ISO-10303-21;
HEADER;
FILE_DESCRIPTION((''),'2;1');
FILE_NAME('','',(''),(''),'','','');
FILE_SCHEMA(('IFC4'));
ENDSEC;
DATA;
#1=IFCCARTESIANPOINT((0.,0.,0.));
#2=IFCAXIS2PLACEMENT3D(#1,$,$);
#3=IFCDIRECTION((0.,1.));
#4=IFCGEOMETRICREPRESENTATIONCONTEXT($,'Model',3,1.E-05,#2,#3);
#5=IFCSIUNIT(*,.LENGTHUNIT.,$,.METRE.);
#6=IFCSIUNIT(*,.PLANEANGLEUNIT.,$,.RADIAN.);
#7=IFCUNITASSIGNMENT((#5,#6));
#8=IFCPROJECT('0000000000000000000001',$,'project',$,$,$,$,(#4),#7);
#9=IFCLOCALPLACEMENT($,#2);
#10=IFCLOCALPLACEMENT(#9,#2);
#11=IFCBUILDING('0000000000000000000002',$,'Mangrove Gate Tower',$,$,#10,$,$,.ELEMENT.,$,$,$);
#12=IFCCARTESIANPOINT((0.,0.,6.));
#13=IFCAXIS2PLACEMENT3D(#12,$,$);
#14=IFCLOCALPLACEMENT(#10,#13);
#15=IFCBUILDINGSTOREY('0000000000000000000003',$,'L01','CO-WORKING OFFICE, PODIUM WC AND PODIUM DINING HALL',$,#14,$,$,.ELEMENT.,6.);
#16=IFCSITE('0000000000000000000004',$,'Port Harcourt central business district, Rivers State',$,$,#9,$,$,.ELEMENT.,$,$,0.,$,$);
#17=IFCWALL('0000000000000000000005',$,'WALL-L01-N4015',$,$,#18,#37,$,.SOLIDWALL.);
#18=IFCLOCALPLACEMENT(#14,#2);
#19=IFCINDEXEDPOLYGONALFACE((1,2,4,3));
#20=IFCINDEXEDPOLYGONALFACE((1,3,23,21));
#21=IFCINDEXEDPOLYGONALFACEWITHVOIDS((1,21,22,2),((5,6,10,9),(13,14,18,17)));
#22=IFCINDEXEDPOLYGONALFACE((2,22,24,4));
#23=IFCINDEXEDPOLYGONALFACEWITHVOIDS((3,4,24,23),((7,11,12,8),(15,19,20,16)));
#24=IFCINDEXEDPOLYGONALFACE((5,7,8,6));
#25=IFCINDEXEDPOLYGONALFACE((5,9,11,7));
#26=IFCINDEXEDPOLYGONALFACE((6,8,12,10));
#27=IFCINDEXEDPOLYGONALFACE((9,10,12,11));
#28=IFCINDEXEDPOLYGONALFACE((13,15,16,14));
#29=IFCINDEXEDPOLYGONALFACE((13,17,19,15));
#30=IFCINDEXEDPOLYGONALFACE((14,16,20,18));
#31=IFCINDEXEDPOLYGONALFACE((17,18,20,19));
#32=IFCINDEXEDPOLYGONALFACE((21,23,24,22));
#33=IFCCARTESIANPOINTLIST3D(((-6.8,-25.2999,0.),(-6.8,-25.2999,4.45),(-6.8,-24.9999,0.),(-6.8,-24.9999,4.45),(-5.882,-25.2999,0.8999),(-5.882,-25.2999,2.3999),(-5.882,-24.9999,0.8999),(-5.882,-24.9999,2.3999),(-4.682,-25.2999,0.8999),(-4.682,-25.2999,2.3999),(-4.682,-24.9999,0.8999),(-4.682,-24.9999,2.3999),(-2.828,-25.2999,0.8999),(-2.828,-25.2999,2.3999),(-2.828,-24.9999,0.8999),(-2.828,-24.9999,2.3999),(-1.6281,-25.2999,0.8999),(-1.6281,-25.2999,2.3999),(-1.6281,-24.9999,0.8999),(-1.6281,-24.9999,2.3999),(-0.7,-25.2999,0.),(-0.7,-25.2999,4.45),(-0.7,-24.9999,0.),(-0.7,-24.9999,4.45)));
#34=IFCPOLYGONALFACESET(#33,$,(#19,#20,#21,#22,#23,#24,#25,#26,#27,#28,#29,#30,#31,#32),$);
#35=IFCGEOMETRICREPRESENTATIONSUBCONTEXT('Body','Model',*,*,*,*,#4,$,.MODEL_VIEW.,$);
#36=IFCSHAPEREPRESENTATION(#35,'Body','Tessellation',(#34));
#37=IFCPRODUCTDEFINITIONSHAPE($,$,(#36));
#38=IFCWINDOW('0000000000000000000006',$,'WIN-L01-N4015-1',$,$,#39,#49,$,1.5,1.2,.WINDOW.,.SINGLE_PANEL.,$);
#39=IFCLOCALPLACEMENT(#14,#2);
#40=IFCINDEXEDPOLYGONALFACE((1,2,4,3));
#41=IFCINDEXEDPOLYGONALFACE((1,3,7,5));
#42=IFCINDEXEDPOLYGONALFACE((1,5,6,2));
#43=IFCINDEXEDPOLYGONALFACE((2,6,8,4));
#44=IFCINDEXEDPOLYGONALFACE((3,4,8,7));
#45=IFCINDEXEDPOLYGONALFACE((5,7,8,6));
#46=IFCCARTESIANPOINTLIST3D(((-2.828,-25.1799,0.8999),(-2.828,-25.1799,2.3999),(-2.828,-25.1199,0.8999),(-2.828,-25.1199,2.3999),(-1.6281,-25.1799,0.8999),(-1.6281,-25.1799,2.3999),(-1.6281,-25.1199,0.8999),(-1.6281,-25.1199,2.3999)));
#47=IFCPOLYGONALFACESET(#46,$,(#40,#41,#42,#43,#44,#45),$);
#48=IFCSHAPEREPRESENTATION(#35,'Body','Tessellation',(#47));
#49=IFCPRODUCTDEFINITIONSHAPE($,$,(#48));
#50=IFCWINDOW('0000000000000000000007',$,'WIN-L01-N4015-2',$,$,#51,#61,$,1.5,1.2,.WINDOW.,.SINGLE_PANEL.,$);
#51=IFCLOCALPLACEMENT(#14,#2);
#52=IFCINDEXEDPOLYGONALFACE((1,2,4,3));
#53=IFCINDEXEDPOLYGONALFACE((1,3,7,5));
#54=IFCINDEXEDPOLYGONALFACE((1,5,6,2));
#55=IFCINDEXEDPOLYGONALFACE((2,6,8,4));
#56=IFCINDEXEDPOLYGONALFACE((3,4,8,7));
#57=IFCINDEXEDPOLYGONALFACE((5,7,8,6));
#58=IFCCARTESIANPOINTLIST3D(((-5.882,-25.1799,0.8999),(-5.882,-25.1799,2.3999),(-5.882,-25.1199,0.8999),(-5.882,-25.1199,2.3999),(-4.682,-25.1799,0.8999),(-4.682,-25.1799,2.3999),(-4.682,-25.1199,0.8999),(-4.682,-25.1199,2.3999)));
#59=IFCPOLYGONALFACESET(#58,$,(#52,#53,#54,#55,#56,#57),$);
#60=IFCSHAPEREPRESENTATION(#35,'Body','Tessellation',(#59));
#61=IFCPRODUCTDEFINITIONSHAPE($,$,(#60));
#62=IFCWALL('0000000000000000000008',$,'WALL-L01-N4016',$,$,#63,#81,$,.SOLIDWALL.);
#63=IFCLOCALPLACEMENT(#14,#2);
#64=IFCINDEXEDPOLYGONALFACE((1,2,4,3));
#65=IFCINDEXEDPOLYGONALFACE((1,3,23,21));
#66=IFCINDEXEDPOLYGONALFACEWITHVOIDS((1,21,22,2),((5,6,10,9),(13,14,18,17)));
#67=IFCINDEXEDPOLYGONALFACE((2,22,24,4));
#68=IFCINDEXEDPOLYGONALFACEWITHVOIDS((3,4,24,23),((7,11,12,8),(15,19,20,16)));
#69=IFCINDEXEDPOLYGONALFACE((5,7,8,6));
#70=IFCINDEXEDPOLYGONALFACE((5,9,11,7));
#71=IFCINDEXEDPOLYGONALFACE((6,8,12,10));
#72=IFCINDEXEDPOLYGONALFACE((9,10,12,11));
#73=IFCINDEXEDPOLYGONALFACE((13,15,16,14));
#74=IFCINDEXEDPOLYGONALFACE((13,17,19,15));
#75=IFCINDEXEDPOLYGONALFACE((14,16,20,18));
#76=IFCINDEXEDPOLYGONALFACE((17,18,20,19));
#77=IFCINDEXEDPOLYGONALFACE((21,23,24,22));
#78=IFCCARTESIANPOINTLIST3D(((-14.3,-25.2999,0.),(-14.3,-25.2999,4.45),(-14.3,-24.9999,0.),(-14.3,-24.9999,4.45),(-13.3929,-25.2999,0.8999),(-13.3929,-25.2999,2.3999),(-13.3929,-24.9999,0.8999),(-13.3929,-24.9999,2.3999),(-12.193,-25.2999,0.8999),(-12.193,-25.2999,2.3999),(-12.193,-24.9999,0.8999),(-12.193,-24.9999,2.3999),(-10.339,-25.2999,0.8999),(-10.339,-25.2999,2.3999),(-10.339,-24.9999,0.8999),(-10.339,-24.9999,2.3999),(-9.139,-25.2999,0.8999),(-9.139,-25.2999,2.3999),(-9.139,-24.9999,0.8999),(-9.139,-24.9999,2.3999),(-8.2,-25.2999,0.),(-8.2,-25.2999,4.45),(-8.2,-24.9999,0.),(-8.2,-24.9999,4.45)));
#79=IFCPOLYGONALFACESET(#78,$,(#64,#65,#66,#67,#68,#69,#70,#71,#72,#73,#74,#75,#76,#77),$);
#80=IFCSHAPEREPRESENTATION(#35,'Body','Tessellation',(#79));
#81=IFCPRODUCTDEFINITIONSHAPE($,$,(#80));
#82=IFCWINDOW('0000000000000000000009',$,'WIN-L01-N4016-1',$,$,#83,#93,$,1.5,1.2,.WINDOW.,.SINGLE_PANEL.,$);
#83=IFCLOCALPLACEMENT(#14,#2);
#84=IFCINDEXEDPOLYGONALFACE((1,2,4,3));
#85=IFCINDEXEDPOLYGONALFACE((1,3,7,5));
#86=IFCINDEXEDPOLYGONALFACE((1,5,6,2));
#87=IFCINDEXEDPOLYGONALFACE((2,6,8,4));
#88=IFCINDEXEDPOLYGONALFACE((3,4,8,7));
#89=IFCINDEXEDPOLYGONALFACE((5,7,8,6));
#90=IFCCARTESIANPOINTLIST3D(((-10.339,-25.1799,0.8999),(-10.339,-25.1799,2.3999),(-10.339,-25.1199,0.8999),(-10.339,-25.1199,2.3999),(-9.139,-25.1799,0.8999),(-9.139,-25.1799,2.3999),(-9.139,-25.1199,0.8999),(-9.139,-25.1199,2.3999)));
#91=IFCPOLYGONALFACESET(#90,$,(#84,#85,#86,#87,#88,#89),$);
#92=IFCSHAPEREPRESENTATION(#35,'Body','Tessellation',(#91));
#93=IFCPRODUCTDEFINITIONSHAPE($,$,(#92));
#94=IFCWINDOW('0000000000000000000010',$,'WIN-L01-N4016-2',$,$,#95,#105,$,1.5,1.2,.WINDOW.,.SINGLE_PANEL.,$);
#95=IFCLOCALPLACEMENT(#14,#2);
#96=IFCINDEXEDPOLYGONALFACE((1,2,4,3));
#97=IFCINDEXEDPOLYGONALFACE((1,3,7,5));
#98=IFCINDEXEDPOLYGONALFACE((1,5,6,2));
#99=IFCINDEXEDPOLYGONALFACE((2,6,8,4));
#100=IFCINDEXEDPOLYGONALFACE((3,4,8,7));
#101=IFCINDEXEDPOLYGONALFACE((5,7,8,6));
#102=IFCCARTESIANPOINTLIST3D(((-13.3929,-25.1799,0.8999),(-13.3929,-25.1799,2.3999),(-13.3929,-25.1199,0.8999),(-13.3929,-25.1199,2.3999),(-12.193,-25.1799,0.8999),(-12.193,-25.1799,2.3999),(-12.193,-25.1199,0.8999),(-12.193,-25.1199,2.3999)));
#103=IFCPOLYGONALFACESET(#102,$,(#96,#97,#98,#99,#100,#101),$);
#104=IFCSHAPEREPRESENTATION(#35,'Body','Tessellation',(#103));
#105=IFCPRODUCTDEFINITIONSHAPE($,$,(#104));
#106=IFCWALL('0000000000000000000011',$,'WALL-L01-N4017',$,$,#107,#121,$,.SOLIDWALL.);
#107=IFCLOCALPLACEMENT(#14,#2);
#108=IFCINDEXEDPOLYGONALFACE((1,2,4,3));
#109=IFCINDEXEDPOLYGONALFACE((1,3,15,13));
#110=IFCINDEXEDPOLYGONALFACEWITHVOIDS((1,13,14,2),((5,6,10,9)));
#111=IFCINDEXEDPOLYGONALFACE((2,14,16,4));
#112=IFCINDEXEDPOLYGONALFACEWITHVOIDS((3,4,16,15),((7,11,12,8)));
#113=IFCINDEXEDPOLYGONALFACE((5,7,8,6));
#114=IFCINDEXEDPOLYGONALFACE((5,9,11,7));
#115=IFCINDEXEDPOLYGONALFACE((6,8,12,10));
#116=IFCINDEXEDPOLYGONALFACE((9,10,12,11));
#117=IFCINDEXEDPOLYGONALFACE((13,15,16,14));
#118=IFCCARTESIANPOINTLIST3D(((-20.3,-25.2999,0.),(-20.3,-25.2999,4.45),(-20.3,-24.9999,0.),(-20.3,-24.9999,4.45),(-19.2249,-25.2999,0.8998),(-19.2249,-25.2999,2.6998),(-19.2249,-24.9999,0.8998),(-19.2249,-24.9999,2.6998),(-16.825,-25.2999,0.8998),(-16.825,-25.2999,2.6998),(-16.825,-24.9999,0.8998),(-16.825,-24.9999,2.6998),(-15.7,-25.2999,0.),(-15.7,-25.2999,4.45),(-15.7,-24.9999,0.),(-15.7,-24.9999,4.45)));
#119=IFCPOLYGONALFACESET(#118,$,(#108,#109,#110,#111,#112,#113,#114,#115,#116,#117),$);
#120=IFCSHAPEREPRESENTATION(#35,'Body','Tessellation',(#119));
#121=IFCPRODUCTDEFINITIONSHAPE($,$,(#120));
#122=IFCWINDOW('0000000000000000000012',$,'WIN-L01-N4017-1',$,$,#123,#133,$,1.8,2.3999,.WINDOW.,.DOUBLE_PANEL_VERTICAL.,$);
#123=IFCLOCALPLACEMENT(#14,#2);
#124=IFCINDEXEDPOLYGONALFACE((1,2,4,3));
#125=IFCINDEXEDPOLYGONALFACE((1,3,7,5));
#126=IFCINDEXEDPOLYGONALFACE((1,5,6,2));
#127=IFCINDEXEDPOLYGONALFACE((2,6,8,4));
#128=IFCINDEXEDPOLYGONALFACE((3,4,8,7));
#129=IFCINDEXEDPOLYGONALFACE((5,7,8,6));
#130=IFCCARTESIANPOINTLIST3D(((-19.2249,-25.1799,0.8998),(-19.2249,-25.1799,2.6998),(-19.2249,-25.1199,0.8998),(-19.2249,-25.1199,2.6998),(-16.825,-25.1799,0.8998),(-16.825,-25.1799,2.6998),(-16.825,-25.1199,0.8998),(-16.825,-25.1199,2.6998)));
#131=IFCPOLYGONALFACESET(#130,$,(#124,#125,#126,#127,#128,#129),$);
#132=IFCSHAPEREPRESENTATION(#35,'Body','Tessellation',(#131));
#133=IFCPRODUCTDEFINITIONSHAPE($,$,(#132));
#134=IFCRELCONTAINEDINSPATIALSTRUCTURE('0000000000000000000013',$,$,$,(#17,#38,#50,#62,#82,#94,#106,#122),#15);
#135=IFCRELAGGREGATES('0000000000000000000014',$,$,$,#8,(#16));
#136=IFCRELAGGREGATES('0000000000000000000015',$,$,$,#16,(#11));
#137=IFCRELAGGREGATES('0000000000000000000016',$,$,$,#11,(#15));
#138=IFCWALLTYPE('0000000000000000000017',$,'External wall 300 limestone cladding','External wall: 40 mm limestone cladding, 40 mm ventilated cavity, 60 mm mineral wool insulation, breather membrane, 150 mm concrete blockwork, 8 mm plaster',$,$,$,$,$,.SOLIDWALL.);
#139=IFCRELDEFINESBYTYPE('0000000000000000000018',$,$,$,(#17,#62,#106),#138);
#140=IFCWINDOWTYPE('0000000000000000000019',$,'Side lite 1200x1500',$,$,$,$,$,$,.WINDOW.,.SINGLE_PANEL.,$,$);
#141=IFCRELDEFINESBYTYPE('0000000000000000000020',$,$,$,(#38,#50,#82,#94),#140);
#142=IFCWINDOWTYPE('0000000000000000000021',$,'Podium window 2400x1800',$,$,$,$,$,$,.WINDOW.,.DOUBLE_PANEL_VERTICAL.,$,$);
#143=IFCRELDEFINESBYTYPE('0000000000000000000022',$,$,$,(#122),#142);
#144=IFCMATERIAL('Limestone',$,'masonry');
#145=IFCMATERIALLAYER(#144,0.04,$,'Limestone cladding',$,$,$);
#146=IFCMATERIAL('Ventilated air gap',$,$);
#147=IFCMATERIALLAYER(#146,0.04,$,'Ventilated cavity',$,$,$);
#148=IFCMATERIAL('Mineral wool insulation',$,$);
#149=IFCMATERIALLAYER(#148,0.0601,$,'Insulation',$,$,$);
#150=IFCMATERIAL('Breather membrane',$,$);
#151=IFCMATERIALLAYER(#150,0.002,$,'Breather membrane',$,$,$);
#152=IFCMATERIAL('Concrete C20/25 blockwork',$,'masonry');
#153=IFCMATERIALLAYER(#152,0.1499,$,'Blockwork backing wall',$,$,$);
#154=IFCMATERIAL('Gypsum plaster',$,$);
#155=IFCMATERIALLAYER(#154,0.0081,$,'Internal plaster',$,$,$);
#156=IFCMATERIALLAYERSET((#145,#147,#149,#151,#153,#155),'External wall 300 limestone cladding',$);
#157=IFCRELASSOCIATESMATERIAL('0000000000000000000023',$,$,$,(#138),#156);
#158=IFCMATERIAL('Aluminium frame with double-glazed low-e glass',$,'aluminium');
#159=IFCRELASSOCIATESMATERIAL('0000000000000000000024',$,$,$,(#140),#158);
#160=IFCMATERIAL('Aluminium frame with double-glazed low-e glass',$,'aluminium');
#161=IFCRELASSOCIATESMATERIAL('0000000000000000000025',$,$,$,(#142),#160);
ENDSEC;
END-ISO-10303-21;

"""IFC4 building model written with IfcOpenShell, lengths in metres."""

from ifc_helpers import new_model, si_unit, direction, frame, frame_2d, origin, place, context, subcontext, project, spatial, rectangle, extrude, material, layer, layer_set, type_object, element, fill, save


model = new_model("IFC4")

# Units and contexts
model_context = context("Model", 3, precision=1e-05, world=origin(), true_north=direction((0.0, 1.0)))
body_context = subcontext(model_context, "Body", "Model", "MODEL_VIEW")
ifc_project = project(units=[si_unit("LENGTHUNIT", "METRE"), si_unit("PLANEANGLEUNIT", "RADIAN")], contexts=[model_context])

# Site, building, storey
site_placement = place(None, origin())
site = spatial("IfcSite", under=ifc_project, at=site_placement, Name="Port Harcourt central business district, Rivers State", CompositionType="ELEMENT", RefElevation=0.0)
building_placement = place(site_placement, origin())
building = spatial("IfcBuilding", under=site, at=building_placement, Name="Mangrove Gate Tower", CompositionType="ELEMENT")
storey_placement = place(building_placement, frame((0.0, 0.0, 6.0)))
storey = spatial("IfcBuildingStorey", under=building, at=storey_placement, Name="L01", Description="CO-WORKING OFFICE, PODIUM WC AND PODIUM DINING HALL", CompositionType="ELEMENT", Elevation=6.0)

# Walls, openings, windows
ifc_material_1 = material(Name="Limestone", Category="masonry")
ifc_layer_1 = layer(ifc_material_1, 0.04, Name="Limestone cladding")
ifc_material_2 = material(Name="Ventilated air gap")
ifc_layer_2 = layer(ifc_material_2, 0.04, Name="Ventilated cavity")
ifc_material_3 = material(Name="Mineral wool insulation")
ifc_layer_3 = layer(ifc_material_3, 0.0601, Name="Insulation")
ifc_material_4 = material(Name="Breather membrane")
ifc_layer_4 = layer(ifc_material_4, 0.002, Name="Breather membrane")
ifc_material_5 = material(Name="Concrete C20/25 blockwork", Category="masonry")
ifc_layer_5 = layer(ifc_material_5, 0.1499, Name="Blockwork backing wall")
ifc_material_6 = material(Name="Gypsum plaster")
ifc_layer_6 = layer(ifc_material_6, 0.0081, Name="Internal plaster")
ifc_layer_set_1 = layer_set([ifc_layer_1, ifc_layer_2, ifc_layer_3, ifc_layer_4, ifc_layer_5, ifc_layer_6], Name="External wall 300 limestone cladding")
wall_type_1 = type_object("IfcWallType", Name="External wall 300 limestone cladding", Description="External wall: 40 mm limestone cladding, 40 mm ventilated cavity, 60 mm mineral wool insulation, breather membrane, 150 mm concrete blockwork, 8 mm plaster", PredefinedType="SOLIDWALL", material=ifc_layer_set_1)
wall_1_placement = place(storey_placement, frame((-0.7, -25.1499, 0.0), z_axis=(0.0, 0.0, 1.0), x_axis=(-1.0, 0.0, 0.0)))
wall_1 = element("IfcWall", 1, at=wall_1_placement, inside=storey, type_object=wall_type_1, Name="WALL-L01-N4015", PredefinedType="SOLIDWALL", context=body_context, shape_type="SweptSolid", body=[
    extrude(rectangle(XDim=6.1001, YDim=0.3, at=frame_2d((3.05, 0.0))), origin(), (0.0, 0.0, 1.0), 4.45),
])
opening_1_placement = place(wall_1_placement, frame((0.928, 0.0, 0.8999)))
opening_1 = element("IfcOpeningElement", 2, at=opening_1_placement, cuts=wall_1, PredefinedType="OPENING", context=body_context, shape_type="SweptSolid", body=[
    extrude(rectangle(XDim=1.2, YDim=1.5, at=frame_2d((0.6001, 0.75))), frame((0.0, 0.1599, 0.0), z_axis=(0.0, -1.0, 0.0), x_axis=(1.0, 0.0, 0.0)), (0.0, 0.0, 1.0), 0.3201),
])
opening_2_placement = place(wall_1_placement, frame((3.9819, 0.0, 0.8999)))
opening_2 = element("IfcOpeningElement", 3, at=opening_2_placement, cuts=wall_1, PredefinedType="OPENING", context=body_context, shape_type="SweptSolid", body=[
    extrude(rectangle(XDim=1.2, YDim=1.5, at=frame_2d((0.6001, 0.75))), frame((0.0, 0.1599, 0.0), z_axis=(0.0, -1.0, 0.0), x_axis=(1.0, 0.0, 0.0)), (0.0, 0.0, 1.0), 0.3201),
])
ifc_material_7 = material(Name="Aluminium frame with double-glazed low-e glass", Category="aluminium")
window_type_1 = type_object("IfcWindowType", Name="Side lite 1200x1500", PartitioningType="SINGLE_PANEL", PredefinedType="WINDOW", material=ifc_material_7)
window_1_placement = place(opening_1_placement, origin())
window_1 = element("IfcWindow", 4, at=window_1_placement, inside=storey, type_object=window_type_1, Name="WIN-L01-N4015-1", OverallHeight=1.5, OverallWidth=1.2, PartitioningType="SINGLE_PANEL", PredefinedType="WINDOW", context=body_context, shape_type="SweptSolid", body=[
    extrude(rectangle(XDim=1.2, YDim=1.5, at=frame_2d((0.6001, 0.75))), frame((0.0, 0.03, 0.0), z_axis=(0.0, -1.0, 0.0), x_axis=(1.0, 0.0, 0.0)), (0.0, 0.0, 1.0), 0.0601),
])
fill(opening_1, window_1)
window_2_placement = place(opening_2_placement, origin())
window_2 = element("IfcWindow", 5, at=window_2_placement, inside=storey, type_object=window_type_1, Name="WIN-L01-N4015-2", OverallHeight=1.5, OverallWidth=1.2, PartitioningType="SINGLE_PANEL", PredefinedType="WINDOW", context=body_context, shape_type="SweptSolid", body=[
    extrude(rectangle(XDim=1.2, YDim=1.5, at=frame_2d((0.6001, 0.75))), frame((0.0, 0.03, 0.0), z_axis=(0.0, -1.0, 0.0), x_axis=(1.0, 0.0, 0.0)), (0.0, 0.0, 1.0), 0.0601),
])
fill(opening_2, window_2)
wall_2_placement = place(storey_placement, frame((-8.2, -25.1499, 0.0), z_axis=(0.0, 0.0, 1.0), x_axis=(-1.0, 0.0, 0.0)))
wall_2 = element("IfcWall", 6, at=wall_2_placement, inside=storey, type_object=wall_type_1, Name="WALL-L01-N4016", PredefinedType="SOLIDWALL", context=body_context, shape_type="SweptSolid", body=[
    extrude(rectangle(XDim=6.1001, YDim=0.3, at=frame_2d((3.05, 0.0))), origin(), (0.0, 0.0, 1.0), 4.45),
])
opening_3_placement = place(wall_2_placement, frame((0.939, 0.0, 0.8999)))
opening_3 = element("IfcOpeningElement", 7, at=opening_3_placement, cuts=wall_2, PredefinedType="OPENING", context=body_context, shape_type="SweptSolid", body=[
    extrude(rectangle(XDim=1.2, YDim=1.5, at=frame_2d((0.6001, 0.75))), frame((0.0, 0.1599, 0.0), z_axis=(0.0, -1.0, 0.0), x_axis=(1.0, 0.0, 0.0)), (0.0, 0.0, 1.0), 0.3201),
])
opening_4_placement = place(wall_2_placement, frame((3.9929, 0.0, 0.8999)))
opening_4 = element("IfcOpeningElement", 8, at=opening_4_placement, cuts=wall_2, PredefinedType="OPENING", context=body_context, shape_type="SweptSolid", body=[
    extrude(rectangle(XDim=1.2, YDim=1.5, at=frame_2d((0.6001, 0.75))), frame((0.0, 0.1599, 0.0), z_axis=(0.0, -1.0, 0.0), x_axis=(1.0, 0.0, 0.0)), (0.0, 0.0, 1.0), 0.3201),
])
window_3_placement = place(opening_3_placement, origin())
window_3 = element("IfcWindow", 9, at=window_3_placement, inside=storey, type_object=window_type_1, Name="WIN-L01-N4016-1", OverallHeight=1.5, OverallWidth=1.2, PartitioningType="SINGLE_PANEL", PredefinedType="WINDOW", context=body_context, shape_type="SweptSolid", body=[
    extrude(rectangle(XDim=1.2, YDim=1.5, at=frame_2d((0.6001, 0.75))), frame((0.0, 0.03, 0.0), z_axis=(0.0, -1.0, 0.0), x_axis=(1.0, 0.0, 0.0)), (0.0, 0.0, 1.0), 0.0601),
])
fill(opening_3, window_3)
window_4_placement = place(opening_4_placement, origin())
window_4 = element("IfcWindow", 10, at=window_4_placement, inside=storey, type_object=window_type_1, Name="WIN-L01-N4016-2", OverallHeight=1.5, OverallWidth=1.2, PartitioningType="SINGLE_PANEL", PredefinedType="WINDOW", context=body_context, shape_type="SweptSolid", body=[
    extrude(rectangle(XDim=1.2, YDim=1.5, at=frame_2d((0.6001, 0.75))), frame((0.0, 0.03, 0.0), z_axis=(0.0, -1.0, 0.0), x_axis=(1.0, 0.0, 0.0)), (0.0, 0.0, 1.0), 0.0601),
])
fill(opening_4, window_4)

# Wall, opening, window
wall_3_placement = place(storey_placement, frame((-15.7, -25.1499, 0.0), z_axis=(0.0, 0.0, 1.0), x_axis=(-1.0, 0.0, 0.0)))
wall_3 = element("IfcWall", 11, at=wall_3_placement, inside=storey, type_object=wall_type_1, Name="WALL-L01-N4017", PredefinedType="SOLIDWALL", context=body_context, shape_type="SweptSolid", body=[
    extrude(rectangle(XDim=4.6001, YDim=0.3, at=frame_2d((2.3, 0.0))), origin(), (0.0, 0.0, 1.0), 4.45),
])
opening_5_placement = place(wall_3_placement, frame((1.125, 0.0, 0.8999)))
opening_5 = element("IfcOpeningElement", 12, at=opening_5_placement, cuts=wall_3, PredefinedType="OPENING", context=body_context, shape_type="SweptSolid", body=[
    extrude(rectangle(XDim=2.3999, YDim=1.8, at=frame_2d((1.2, 0.8999))), frame((0.0, 0.1599, 0.0), z_axis=(0.0, -1.0, 0.0), x_axis=(1.0, 0.0, 0.0)), (0.0, 0.0, 1.0), 0.3201),
])
ifc_material_8 = material(Name="Aluminium frame with double-glazed low-e glass", Category="aluminium")
window_type_2 = type_object("IfcWindowType", Name="Podium window 2400x1800", PartitioningType="DOUBLE_PANEL_VERTICAL", PredefinedType="WINDOW", material=ifc_material_8)
window_5_placement = place(opening_5_placement, origin())
window_5 = element("IfcWindow", 13, at=window_5_placement, inside=storey, type_object=window_type_2, Name="WIN-L01-N4017-1", OverallHeight=1.8, OverallWidth=2.3999, PartitioningType="DOUBLE_PANEL_VERTICAL", PredefinedType="WINDOW", context=body_context, shape_type="SweptSolid", body=[
    extrude(rectangle(XDim=2.3999, YDim=1.8, at=frame_2d((1.2, 0.8999))), frame((0.0, 0.03, 0.0), z_axis=(0.0, -1.0, 0.0), x_axis=(1.0, 0.0, 0.0)), (0.0, 0.0, 1.0), 0.0601),
])
fill(opening_5, window_5)

save(model, "model.ifc")
